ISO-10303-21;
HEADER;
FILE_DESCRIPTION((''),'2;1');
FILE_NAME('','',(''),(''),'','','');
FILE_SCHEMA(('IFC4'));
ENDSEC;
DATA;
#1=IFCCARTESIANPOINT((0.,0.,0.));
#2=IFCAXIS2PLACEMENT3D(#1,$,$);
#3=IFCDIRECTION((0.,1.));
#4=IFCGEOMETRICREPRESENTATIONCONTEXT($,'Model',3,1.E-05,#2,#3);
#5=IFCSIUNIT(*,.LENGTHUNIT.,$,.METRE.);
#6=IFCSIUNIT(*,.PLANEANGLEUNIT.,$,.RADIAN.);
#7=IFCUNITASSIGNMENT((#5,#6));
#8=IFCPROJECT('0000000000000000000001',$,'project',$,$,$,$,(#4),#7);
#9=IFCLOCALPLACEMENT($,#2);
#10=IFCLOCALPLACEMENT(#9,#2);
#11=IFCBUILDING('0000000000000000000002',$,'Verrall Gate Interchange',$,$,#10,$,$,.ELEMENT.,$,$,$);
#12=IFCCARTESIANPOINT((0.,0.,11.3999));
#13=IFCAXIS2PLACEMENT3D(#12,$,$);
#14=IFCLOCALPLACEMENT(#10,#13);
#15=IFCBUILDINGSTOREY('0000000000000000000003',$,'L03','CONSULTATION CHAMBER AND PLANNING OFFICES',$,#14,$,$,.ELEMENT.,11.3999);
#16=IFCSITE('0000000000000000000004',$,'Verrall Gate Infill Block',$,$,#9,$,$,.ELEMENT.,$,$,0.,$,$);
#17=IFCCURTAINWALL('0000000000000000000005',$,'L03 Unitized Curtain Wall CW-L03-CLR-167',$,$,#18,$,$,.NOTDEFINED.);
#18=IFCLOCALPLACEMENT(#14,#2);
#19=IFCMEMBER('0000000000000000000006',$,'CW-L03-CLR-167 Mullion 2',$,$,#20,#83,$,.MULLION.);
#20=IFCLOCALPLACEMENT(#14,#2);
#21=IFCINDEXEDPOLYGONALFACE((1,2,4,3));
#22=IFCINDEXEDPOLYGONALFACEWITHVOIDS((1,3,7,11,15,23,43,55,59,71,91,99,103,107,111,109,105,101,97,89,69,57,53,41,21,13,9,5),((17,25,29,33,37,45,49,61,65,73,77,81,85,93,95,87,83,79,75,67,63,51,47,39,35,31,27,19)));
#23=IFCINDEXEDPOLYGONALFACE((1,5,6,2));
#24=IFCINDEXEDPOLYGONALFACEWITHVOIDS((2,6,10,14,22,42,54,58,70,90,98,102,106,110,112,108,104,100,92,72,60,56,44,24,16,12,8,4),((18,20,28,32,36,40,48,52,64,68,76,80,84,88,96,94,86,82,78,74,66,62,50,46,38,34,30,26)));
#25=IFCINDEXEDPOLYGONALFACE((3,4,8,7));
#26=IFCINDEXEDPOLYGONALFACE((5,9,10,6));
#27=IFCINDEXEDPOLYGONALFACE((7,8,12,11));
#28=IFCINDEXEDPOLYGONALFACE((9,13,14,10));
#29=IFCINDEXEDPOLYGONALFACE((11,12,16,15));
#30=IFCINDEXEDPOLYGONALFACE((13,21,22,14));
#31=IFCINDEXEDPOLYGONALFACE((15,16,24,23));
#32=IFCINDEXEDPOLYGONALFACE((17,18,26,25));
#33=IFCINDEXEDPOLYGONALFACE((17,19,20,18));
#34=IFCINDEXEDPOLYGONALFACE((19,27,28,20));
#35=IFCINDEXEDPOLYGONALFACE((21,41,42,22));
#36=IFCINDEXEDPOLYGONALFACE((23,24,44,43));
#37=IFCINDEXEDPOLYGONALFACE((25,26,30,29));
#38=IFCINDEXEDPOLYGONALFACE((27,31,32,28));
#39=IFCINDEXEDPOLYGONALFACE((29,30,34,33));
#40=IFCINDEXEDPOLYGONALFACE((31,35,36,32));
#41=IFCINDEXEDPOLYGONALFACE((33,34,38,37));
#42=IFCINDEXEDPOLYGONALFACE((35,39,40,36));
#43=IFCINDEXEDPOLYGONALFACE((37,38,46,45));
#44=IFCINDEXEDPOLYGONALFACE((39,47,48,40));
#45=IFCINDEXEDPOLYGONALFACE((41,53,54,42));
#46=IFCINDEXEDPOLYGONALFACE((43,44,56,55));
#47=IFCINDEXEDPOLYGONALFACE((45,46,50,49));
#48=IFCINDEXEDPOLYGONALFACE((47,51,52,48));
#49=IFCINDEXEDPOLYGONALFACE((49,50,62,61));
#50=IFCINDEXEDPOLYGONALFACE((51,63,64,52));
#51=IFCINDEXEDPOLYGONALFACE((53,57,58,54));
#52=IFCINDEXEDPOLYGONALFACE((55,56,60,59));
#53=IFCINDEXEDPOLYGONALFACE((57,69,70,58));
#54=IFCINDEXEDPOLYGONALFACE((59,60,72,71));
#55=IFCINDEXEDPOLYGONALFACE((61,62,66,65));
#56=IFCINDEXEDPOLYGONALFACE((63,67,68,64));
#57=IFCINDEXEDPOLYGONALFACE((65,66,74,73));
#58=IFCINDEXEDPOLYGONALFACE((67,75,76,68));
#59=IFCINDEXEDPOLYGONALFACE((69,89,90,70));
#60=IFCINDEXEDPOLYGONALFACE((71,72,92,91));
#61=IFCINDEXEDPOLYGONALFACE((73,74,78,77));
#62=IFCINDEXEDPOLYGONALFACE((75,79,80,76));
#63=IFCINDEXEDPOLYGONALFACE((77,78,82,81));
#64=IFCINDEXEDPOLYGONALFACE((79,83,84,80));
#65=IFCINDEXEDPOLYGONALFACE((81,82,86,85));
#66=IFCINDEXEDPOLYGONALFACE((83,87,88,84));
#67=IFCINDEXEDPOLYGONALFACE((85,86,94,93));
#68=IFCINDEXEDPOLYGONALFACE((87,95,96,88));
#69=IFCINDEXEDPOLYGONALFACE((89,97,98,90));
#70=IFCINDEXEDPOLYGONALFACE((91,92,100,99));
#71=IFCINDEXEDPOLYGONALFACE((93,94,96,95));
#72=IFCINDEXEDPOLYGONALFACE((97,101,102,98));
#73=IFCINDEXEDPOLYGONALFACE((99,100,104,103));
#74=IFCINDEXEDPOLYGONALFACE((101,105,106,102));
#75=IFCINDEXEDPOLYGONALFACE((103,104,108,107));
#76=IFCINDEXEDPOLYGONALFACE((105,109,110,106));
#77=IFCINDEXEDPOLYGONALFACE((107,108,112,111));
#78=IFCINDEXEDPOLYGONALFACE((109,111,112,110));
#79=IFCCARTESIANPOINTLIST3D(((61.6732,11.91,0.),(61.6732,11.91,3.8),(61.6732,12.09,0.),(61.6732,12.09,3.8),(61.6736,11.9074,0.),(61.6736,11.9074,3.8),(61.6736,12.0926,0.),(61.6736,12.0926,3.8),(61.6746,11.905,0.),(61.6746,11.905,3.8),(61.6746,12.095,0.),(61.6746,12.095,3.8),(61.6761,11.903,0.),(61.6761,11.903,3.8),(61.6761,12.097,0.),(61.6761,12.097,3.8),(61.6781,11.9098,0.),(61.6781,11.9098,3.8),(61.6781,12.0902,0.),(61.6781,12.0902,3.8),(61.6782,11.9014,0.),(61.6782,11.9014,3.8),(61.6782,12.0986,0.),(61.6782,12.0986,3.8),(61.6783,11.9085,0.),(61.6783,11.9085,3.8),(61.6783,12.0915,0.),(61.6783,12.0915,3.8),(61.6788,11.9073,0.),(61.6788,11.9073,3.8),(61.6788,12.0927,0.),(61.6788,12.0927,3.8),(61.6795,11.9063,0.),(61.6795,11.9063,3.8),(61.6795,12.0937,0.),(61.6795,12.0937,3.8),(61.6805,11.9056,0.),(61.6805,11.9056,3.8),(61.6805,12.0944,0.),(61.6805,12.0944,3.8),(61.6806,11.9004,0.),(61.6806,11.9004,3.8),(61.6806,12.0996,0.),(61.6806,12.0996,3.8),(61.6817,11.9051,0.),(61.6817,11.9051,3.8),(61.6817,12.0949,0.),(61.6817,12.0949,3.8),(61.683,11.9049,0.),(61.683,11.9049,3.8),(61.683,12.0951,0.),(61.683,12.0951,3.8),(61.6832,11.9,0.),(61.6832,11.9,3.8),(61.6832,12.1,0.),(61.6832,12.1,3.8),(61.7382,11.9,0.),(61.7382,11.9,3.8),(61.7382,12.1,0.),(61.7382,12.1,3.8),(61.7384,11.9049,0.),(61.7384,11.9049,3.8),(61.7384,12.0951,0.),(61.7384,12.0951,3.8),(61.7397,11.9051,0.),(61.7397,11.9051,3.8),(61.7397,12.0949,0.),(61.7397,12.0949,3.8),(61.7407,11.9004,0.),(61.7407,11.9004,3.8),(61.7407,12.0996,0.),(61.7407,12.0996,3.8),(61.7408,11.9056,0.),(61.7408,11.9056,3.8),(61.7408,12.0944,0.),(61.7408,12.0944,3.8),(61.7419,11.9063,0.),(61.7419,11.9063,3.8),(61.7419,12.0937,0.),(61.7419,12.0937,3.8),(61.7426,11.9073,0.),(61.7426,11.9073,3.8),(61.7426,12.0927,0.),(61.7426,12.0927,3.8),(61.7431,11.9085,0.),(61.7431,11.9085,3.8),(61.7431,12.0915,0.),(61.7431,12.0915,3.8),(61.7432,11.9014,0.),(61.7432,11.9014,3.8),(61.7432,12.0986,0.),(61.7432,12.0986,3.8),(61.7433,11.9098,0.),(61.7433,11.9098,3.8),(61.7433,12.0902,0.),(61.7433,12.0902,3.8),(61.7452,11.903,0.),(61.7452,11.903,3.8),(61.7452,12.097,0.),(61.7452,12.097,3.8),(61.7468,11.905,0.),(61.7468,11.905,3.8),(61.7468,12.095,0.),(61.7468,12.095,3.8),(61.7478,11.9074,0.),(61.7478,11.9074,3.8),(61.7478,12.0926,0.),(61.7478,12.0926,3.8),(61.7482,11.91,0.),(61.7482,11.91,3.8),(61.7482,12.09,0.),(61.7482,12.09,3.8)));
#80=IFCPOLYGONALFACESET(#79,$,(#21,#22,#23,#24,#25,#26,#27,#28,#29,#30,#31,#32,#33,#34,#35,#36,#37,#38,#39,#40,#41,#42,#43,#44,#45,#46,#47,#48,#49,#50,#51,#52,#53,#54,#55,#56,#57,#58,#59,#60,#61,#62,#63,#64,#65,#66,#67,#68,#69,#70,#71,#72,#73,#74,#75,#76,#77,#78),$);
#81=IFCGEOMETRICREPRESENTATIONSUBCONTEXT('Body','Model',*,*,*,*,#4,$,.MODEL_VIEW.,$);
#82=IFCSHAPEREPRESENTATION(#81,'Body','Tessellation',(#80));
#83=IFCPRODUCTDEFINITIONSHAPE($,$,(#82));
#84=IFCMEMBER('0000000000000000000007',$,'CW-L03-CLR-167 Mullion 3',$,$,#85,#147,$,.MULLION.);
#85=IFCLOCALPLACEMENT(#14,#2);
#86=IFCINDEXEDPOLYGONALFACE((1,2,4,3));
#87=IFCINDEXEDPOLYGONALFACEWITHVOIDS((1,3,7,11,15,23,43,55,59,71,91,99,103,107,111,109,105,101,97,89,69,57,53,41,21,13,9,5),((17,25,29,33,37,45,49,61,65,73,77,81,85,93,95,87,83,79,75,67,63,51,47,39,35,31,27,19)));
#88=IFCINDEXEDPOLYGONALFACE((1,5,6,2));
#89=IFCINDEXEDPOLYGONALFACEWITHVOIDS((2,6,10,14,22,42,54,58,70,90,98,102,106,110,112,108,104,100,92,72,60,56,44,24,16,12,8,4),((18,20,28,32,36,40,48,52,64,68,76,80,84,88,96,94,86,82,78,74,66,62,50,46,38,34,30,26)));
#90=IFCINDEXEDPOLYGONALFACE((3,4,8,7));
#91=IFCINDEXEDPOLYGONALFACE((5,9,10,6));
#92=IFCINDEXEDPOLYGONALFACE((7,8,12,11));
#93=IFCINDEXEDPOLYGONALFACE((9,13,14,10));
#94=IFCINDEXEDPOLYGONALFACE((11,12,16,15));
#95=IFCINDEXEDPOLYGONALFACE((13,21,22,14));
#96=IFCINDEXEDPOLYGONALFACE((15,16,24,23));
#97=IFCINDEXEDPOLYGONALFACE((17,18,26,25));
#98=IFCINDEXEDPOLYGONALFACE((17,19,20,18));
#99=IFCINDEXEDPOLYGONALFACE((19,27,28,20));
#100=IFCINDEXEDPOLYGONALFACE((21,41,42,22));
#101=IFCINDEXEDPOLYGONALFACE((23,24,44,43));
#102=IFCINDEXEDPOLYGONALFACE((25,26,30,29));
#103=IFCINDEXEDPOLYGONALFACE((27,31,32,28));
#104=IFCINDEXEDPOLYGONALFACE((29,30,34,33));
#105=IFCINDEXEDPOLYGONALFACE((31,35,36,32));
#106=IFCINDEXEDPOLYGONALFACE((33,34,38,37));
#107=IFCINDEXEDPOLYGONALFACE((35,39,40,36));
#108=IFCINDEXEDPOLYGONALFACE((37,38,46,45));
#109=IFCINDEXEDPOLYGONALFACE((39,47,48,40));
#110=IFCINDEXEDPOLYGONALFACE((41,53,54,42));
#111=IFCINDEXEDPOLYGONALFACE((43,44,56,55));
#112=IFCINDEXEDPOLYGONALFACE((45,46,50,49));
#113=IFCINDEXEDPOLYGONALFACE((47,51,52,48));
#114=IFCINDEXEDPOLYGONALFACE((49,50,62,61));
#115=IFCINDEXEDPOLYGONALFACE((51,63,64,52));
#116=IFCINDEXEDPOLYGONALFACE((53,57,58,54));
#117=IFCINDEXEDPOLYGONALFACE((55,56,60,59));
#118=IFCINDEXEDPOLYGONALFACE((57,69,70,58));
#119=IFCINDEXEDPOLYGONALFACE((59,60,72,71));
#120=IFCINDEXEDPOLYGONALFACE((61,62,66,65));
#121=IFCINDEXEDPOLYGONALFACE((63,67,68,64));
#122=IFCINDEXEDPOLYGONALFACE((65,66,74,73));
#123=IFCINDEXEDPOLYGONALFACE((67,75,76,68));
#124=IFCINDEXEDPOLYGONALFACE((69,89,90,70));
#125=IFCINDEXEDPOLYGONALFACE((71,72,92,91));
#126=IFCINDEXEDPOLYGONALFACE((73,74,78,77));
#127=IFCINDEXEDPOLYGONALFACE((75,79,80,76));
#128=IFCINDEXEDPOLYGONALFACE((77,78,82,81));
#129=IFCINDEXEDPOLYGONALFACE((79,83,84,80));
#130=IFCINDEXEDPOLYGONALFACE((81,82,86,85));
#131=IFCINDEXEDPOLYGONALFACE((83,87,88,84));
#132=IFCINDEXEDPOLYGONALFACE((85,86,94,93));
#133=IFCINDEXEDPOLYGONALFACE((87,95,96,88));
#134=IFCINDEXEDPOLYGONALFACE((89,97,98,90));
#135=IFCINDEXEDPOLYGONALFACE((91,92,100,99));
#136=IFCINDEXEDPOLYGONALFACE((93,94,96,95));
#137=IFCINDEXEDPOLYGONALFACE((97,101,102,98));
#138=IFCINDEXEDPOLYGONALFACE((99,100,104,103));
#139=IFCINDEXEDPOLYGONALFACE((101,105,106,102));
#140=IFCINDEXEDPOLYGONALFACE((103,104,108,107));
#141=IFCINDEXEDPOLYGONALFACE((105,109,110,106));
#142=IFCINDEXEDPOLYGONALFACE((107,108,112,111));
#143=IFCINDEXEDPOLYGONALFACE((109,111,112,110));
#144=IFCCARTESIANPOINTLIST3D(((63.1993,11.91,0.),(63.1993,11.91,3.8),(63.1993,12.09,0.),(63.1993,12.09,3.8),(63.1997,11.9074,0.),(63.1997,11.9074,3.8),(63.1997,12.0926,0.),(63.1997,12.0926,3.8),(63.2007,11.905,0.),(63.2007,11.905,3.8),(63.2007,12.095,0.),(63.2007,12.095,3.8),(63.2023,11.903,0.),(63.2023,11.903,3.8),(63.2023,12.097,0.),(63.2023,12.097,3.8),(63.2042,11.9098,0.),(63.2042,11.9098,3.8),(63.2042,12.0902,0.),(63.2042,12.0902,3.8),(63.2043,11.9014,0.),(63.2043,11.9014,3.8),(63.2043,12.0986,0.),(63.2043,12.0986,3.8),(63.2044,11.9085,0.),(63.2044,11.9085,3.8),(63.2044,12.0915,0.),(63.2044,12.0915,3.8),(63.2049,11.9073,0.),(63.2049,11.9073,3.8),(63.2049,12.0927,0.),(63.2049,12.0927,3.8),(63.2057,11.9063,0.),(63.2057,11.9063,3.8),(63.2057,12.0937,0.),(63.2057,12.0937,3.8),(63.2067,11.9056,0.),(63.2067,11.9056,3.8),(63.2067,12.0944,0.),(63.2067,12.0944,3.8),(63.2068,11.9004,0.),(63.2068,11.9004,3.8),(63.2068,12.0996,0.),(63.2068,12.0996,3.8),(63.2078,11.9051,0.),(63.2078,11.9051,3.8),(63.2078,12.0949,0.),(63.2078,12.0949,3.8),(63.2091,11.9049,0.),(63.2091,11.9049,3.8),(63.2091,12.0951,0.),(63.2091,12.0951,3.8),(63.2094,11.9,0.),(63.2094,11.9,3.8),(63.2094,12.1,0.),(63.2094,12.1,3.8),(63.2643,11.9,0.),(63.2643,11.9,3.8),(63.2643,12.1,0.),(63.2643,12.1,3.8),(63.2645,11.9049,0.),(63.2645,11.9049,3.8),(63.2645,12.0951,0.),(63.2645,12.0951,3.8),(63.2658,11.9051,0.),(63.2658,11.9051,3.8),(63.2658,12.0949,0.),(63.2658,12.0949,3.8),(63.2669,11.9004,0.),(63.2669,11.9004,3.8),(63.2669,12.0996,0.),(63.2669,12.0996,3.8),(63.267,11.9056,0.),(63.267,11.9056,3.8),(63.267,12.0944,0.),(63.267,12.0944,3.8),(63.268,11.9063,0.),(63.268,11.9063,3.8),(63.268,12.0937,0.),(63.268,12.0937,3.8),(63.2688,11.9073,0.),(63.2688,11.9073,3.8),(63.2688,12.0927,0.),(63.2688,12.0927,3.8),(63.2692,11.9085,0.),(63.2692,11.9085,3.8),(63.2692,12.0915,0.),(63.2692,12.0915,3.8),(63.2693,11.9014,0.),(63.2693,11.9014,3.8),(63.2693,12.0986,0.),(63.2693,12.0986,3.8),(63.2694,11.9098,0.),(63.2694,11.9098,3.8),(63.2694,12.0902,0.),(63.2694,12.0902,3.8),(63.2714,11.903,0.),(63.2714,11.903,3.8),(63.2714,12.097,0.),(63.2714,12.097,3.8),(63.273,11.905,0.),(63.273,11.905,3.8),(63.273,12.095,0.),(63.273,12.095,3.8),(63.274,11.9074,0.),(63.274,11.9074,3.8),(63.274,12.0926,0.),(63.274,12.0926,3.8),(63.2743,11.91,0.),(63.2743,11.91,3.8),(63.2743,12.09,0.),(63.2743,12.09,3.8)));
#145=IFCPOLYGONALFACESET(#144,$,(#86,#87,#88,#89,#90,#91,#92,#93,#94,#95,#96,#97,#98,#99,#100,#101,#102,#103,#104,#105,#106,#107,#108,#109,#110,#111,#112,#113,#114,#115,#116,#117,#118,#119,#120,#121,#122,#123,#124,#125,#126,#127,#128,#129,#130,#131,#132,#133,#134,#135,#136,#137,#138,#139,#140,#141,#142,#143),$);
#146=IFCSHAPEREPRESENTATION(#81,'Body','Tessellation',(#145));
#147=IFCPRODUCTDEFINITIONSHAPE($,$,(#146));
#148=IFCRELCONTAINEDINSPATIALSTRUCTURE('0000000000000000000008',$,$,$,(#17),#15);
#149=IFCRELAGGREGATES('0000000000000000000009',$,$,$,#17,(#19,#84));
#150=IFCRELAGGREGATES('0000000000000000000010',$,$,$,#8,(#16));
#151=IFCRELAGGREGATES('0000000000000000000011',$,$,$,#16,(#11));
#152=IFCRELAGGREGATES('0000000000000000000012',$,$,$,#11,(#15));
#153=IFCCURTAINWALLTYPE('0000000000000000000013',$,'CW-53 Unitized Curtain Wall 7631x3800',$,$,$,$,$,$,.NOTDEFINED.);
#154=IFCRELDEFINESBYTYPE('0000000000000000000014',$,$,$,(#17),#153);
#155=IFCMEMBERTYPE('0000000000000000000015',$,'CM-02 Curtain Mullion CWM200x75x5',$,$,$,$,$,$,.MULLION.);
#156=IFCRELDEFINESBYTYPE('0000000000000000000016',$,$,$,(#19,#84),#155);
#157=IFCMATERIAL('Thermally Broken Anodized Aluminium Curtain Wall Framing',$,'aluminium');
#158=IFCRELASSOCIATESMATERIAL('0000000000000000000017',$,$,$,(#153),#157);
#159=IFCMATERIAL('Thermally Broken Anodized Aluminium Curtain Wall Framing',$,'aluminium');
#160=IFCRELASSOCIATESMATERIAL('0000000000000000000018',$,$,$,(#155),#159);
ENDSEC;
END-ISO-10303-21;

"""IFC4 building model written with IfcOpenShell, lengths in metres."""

from ifc_helpers import new_model, si_unit, direction, frame, origin, origin_2d, place, context, subcontext, project, spatial, hollow_rectangle, extrude, material, material_profile, profile_set, type_object, element, aggregate, save


model = new_model("IFC4")

# Units and contexts
model_context = context("Model", 3, precision=1e-05, world=origin(), true_north=direction((0.0, 1.0)))
body_context = subcontext(model_context, "Body", "Model", "MODEL_VIEW")
ifc_project = project(units=[si_unit("LENGTHUNIT", "METRE"), si_unit("PLANEANGLEUNIT", "RADIAN")], contexts=[model_context])

# Site, building, storey
site_placement = place(None, origin())
site = spatial("IfcSite", under=ifc_project, at=site_placement, Name="Verrall Gate Infill Block", CompositionType="ELEMENT", RefElevation=0.0)
building_placement = place(site_placement, origin())
building = spatial("IfcBuilding", under=site, at=building_placement, Name="Verrall Gate Interchange", CompositionType="ELEMENT")
storey_placement = place(building_placement, frame((0.0, 0.0, 11.3999)))
storey = spatial("IfcBuildingStorey", under=building, at=storey_placement, Name="L03", Description="CONSULTATION CHAMBER AND PLANNING OFFICES", CompositionType="ELEMENT", Elevation=11.3999)

# Curtain wall, members
ifc_material_1 = material(Name="Thermally Broken Anodized Aluminium Curtain Wall Framing", Category="aluminium")
curtain_wall_type = type_object("IfcCurtainWallType", Name="CW-53 Unitized Curtain Wall 7631x3800", PredefinedType="NOTDEFINED", material=ifc_material_1)
curtain_wall_placement = place(storey_placement, origin())
curtain_wall = element("IfcCurtainWall", 1, at=curtain_wall_placement, inside=storey, type_object=curtain_wall_type, Name="L03 Unitized Curtain Wall CW-L03-CLR-167", PredefinedType="NOTDEFINED")
ifc_material_2 = material(Name="Thermally Broken Anodized Aluminium Curtain Wall Framing", Category="aluminium")
ifc_material_profile_1 = material_profile(ifc_material_2, hollow_rectangle(XDim=0.075, YDim=0.2, WallThickness=0.0049, InnerFilletRadius=0.0049, OuterFilletRadius=0.01, at=origin_2d()), Name="CWM200x75x5")
ifc_profile_set_1 = profile_set([ifc_material_profile_1], Name="Thermally Broken Anodized Aluminium Curtain Wall Framing")
member_type_1 = type_object("IfcMemberType", Name="CM-02 Curtain Mullion CWM200x75x5", PredefinedType="MULLION", material=ifc_profile_set_1)
member_1_placement = place(storey_placement, frame((61.7107, 12.0, 0.0), z_axis=(0.0, 0.0, 1.0), x_axis=(1.0, 0.0, 0.0)))
member_1 = element("IfcMember", 2, at=member_1_placement, type_object=member_type_1, Name="CW-L03-CLR-167 Mullion 2", PredefinedType="MULLION", context=body_context, shape_type="SweptSolid", body=[
    extrude(hollow_rectangle(XDim=0.075, YDim=0.2, WallThickness=0.0049, InnerFilletRadius=0.0049, OuterFilletRadius=0.01, at=origin_2d()), origin(), (0.0, 0.0, 1.0), 3.8),
])
member_2_placement = place(storey_placement, frame((63.2368, 12.0, 0.0), z_axis=(0.0, 0.0, 1.0), x_axis=(1.0, 0.0, 0.0)))
member_2 = element("IfcMember", 3, at=member_2_placement, type_object=member_type_1, Name="CW-L03-CLR-167 Mullion 3", PredefinedType="MULLION", context=body_context, shape_type="SweptSolid", body=[
    extrude(hollow_rectangle(XDim=0.075, YDim=0.2, WallThickness=0.0049, InnerFilletRadius=0.0049, OuterFilletRadius=0.01, at=origin_2d()), origin(), (0.0, 0.0, 1.0), 3.8),
])

aggregate(curtain_wall, [member_1, member_2])

save(model, "model.ifc")
